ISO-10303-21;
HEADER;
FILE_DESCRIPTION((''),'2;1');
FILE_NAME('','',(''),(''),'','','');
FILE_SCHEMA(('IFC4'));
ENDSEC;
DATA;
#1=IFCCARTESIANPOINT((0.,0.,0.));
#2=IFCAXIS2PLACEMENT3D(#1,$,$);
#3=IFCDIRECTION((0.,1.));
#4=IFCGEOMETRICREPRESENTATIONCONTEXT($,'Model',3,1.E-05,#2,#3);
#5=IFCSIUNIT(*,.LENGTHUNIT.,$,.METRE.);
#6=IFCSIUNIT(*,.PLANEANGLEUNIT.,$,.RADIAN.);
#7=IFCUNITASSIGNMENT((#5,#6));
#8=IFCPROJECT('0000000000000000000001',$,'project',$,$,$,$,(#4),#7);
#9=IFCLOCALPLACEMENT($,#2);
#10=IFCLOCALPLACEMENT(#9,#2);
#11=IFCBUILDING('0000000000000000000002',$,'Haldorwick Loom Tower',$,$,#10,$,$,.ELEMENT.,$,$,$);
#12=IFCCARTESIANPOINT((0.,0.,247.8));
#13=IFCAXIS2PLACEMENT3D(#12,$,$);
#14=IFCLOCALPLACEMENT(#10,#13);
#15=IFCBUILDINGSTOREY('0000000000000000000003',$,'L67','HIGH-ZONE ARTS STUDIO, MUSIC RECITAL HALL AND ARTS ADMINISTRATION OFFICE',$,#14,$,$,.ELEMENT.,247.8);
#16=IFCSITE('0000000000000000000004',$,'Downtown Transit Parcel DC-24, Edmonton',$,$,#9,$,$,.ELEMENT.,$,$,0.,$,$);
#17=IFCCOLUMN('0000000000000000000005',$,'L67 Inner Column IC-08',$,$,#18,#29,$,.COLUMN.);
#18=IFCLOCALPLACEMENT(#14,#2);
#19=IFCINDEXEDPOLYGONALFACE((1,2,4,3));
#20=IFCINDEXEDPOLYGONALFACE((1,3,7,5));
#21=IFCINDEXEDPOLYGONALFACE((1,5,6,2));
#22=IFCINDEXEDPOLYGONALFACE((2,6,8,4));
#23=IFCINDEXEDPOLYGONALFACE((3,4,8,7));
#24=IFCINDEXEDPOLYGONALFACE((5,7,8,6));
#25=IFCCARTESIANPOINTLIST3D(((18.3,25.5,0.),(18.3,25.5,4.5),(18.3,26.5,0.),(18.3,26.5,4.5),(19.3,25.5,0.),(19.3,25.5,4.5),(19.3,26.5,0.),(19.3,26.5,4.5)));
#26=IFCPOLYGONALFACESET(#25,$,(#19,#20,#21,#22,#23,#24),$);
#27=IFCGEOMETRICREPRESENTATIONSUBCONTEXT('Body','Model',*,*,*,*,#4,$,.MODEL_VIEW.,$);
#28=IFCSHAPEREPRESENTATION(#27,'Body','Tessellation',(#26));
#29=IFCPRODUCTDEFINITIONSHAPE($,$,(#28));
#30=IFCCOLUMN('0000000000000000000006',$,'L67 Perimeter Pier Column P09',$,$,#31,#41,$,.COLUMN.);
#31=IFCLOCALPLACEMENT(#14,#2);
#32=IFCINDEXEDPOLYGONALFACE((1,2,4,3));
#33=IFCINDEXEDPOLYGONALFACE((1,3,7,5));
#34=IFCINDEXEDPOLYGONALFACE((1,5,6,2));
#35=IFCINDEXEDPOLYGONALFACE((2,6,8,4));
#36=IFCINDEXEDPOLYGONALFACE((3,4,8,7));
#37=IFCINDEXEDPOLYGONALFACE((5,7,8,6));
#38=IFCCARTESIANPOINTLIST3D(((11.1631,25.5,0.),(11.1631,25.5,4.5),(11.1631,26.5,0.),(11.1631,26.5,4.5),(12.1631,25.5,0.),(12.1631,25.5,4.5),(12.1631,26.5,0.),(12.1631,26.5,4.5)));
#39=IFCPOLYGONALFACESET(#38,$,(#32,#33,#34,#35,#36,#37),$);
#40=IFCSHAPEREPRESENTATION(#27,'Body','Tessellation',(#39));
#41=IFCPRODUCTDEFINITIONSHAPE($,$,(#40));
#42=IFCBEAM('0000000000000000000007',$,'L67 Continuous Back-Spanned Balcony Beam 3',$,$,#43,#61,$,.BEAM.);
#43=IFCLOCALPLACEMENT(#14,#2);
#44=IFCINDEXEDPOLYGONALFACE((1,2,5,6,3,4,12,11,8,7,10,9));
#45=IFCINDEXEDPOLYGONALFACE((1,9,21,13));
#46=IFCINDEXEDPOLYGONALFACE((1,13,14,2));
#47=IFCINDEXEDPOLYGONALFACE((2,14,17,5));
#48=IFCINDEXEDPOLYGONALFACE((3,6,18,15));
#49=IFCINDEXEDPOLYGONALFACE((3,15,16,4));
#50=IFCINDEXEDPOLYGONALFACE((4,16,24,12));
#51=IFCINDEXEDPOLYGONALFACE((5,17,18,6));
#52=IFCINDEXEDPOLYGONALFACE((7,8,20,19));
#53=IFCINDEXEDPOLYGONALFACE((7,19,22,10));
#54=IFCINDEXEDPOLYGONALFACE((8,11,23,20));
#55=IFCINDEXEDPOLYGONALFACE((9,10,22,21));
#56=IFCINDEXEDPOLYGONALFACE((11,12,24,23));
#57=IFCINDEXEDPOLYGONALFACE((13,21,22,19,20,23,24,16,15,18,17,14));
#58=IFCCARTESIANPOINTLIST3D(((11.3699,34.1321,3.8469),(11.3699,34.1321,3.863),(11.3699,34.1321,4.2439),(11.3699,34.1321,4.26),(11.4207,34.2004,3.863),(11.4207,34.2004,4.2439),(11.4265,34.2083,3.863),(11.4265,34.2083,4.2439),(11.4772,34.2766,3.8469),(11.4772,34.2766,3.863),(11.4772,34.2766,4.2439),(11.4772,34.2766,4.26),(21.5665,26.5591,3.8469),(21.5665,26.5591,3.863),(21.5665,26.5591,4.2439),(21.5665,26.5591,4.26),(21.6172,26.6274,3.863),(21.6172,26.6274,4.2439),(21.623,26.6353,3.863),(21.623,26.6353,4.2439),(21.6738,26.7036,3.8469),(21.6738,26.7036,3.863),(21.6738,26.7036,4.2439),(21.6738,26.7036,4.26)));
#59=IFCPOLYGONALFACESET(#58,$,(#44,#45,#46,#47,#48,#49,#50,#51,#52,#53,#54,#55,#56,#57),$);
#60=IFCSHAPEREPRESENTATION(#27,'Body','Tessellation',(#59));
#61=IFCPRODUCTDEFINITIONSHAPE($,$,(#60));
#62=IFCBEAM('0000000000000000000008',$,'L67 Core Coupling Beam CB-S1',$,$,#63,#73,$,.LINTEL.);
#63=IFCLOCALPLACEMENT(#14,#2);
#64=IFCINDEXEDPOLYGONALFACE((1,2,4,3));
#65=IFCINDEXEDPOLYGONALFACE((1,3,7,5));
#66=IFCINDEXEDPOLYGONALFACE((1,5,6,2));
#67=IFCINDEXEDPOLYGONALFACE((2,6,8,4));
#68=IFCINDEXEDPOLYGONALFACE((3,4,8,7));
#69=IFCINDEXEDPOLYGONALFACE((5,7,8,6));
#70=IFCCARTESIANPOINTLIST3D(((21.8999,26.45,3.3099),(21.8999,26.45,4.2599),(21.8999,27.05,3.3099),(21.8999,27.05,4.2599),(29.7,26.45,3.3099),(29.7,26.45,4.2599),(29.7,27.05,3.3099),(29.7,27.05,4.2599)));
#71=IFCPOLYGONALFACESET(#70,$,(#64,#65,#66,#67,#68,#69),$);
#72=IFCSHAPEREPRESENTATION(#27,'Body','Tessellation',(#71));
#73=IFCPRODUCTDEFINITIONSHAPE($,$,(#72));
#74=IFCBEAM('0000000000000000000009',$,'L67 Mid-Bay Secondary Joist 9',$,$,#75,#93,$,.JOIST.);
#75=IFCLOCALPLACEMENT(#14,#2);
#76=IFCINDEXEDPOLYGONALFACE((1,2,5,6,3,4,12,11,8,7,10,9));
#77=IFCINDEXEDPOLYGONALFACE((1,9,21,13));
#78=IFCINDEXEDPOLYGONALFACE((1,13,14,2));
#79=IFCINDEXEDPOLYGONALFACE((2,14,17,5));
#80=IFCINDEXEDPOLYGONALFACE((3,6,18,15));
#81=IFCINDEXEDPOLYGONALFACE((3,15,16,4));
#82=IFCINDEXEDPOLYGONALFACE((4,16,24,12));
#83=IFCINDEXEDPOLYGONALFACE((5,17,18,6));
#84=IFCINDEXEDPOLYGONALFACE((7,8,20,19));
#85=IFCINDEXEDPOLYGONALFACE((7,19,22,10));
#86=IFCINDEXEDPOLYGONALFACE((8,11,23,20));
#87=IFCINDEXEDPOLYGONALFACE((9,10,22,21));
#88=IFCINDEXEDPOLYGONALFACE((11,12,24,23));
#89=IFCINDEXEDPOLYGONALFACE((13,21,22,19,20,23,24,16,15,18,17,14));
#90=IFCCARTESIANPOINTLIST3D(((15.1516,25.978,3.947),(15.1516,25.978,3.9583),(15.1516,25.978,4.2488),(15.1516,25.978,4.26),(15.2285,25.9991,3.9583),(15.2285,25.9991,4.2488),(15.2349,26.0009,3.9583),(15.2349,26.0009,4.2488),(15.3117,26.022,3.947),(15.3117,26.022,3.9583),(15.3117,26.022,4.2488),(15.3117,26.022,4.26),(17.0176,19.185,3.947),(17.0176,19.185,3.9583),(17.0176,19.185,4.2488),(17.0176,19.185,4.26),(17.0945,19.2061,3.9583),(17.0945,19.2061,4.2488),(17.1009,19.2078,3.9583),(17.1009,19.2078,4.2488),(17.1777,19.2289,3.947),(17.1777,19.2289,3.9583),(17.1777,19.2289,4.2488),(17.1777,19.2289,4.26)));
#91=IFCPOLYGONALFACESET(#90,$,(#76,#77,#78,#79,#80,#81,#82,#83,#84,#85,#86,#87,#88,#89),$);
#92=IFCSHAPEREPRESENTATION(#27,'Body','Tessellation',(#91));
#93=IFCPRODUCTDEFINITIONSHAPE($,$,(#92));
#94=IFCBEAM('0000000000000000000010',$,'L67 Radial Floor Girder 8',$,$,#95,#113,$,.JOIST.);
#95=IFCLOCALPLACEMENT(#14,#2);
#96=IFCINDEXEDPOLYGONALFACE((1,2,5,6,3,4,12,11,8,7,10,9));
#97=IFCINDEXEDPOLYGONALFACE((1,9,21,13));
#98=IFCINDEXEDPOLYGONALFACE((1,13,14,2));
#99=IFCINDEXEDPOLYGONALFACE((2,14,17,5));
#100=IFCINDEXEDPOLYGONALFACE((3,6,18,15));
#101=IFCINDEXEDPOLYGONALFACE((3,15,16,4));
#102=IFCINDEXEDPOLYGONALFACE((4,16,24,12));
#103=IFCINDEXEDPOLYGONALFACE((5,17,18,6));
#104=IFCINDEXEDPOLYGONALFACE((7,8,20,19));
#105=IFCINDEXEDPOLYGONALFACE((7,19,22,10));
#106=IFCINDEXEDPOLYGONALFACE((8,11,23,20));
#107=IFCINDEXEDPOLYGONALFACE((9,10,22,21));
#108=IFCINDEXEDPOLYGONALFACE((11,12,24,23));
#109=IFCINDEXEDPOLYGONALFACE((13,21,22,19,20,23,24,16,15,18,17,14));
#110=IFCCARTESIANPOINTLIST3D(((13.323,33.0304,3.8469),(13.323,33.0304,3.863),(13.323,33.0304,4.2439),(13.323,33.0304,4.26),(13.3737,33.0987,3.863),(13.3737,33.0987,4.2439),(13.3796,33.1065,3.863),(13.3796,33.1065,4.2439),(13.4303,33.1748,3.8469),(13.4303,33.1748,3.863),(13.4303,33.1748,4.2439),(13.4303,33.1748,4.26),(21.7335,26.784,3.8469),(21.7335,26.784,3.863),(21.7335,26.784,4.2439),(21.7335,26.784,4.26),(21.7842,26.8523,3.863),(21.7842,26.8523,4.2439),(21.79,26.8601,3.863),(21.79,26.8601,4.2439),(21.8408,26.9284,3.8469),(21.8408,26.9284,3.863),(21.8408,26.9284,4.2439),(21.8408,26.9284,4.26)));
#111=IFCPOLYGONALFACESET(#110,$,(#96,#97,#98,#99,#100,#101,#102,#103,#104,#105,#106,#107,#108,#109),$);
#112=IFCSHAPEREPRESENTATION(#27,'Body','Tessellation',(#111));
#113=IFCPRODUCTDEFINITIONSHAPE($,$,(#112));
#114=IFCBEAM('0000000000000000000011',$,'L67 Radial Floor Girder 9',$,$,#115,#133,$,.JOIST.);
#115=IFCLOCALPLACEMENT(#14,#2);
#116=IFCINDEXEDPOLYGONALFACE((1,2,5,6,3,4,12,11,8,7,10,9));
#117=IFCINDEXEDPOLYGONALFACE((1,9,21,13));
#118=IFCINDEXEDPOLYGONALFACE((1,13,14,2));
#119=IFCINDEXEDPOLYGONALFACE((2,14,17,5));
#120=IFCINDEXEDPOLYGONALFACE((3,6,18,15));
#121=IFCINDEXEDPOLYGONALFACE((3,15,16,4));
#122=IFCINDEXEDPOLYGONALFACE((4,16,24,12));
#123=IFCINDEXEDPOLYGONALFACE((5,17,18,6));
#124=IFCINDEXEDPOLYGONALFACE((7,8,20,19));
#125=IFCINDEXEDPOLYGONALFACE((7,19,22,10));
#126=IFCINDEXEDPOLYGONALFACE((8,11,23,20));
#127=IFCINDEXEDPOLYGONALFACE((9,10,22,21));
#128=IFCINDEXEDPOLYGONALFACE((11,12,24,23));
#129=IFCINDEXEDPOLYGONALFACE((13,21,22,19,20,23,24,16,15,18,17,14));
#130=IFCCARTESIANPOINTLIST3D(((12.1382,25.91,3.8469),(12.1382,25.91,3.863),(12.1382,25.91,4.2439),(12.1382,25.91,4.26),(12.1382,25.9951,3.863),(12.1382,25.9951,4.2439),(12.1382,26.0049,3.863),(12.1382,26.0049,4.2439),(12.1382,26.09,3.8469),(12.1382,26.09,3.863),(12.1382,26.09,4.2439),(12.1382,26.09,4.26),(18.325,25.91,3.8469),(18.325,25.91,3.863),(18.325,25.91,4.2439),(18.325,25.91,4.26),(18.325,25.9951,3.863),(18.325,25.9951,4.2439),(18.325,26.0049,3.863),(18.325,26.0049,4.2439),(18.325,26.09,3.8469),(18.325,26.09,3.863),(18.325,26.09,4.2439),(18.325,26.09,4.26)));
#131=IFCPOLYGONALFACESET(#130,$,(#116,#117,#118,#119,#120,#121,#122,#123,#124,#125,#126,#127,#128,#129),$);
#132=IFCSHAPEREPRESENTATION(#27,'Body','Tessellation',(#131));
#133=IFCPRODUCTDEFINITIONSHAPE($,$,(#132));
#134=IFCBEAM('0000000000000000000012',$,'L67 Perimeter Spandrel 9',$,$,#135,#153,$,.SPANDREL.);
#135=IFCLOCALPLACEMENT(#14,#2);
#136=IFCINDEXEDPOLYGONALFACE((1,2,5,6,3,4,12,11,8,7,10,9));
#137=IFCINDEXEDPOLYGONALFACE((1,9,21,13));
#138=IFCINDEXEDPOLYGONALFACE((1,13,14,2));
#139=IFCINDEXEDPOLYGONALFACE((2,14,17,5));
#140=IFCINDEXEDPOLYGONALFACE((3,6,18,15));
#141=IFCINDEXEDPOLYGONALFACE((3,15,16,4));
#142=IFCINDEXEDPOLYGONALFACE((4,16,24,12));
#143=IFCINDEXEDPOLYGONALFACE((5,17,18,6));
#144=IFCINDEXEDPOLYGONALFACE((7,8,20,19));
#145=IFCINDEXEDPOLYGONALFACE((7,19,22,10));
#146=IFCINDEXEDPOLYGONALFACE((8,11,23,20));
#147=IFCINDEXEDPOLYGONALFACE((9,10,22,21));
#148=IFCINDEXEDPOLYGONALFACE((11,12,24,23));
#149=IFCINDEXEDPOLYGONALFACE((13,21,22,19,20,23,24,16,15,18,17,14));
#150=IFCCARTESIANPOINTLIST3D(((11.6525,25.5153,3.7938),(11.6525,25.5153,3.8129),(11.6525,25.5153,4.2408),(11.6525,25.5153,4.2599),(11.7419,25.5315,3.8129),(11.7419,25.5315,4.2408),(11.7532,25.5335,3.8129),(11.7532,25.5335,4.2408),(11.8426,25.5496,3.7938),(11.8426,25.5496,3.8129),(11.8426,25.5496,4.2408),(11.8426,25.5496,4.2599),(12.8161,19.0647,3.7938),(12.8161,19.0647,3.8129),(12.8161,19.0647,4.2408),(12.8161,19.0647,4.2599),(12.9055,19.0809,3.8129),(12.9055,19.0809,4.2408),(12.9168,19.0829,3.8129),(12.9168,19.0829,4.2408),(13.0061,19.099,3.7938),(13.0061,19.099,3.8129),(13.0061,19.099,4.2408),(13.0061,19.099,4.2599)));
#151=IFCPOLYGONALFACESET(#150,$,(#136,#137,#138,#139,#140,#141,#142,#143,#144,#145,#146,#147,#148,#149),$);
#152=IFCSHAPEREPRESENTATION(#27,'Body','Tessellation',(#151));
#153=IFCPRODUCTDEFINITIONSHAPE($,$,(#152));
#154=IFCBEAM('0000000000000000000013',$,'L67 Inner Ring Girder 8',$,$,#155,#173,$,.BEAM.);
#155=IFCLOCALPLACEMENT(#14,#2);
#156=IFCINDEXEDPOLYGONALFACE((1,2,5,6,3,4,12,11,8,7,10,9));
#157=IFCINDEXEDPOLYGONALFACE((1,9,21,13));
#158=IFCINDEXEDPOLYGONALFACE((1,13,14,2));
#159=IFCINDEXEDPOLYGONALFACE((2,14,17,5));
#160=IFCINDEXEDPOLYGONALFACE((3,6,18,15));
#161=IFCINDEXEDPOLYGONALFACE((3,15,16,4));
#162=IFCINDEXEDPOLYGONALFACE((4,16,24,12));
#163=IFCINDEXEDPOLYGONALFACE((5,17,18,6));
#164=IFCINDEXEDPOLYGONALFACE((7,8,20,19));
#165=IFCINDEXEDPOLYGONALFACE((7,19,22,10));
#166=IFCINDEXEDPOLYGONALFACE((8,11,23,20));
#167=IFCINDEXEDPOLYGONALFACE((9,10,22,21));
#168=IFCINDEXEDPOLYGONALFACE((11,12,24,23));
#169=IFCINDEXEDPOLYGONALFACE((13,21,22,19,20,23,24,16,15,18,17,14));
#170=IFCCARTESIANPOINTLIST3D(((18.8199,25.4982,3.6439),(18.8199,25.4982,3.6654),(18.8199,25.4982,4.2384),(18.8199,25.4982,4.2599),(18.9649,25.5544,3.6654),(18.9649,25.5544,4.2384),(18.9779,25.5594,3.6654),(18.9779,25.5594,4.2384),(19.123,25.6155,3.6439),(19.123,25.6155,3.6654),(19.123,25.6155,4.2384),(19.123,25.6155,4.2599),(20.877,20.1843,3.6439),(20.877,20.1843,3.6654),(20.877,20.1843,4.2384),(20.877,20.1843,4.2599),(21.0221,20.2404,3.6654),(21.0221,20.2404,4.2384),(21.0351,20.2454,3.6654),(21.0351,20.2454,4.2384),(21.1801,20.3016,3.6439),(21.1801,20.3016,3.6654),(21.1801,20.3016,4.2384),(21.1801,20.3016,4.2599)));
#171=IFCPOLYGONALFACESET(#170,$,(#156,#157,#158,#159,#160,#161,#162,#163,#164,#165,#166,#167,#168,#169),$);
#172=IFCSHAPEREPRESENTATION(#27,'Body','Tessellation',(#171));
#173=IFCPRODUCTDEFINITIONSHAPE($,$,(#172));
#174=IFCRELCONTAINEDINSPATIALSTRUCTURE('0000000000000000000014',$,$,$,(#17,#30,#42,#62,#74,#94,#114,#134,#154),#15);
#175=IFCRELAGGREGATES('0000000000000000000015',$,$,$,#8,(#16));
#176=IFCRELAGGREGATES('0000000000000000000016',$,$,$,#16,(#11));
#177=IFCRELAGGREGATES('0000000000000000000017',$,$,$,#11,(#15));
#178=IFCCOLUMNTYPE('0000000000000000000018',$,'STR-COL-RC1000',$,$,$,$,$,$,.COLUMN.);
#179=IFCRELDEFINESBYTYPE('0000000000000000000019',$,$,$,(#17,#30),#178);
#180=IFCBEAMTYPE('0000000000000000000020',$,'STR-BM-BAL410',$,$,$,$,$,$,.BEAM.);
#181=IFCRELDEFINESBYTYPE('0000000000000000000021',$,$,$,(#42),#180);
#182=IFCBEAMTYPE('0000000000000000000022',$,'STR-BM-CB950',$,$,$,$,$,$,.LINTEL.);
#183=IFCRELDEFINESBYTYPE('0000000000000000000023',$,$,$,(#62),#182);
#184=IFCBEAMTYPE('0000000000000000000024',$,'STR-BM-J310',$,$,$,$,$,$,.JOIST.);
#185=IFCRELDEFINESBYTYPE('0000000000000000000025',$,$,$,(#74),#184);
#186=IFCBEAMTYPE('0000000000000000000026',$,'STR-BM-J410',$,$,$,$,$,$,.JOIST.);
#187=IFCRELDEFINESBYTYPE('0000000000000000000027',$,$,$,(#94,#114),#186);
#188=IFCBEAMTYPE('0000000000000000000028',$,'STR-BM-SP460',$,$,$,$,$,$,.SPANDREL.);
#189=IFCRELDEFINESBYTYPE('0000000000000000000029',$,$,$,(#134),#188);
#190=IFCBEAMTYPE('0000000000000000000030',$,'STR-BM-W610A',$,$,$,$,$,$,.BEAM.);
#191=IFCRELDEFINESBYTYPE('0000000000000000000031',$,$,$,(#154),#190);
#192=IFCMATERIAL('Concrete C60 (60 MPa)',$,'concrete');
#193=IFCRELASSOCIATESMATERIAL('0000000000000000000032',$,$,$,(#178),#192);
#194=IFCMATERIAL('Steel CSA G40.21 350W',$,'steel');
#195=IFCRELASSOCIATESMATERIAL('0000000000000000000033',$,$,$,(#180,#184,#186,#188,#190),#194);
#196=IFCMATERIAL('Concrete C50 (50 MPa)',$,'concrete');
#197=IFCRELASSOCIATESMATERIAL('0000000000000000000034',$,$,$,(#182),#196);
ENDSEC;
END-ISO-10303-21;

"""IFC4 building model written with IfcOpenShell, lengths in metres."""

from ifc_helpers import new_model, si_unit, direction, frame, origin, origin_2d, place, context, subcontext, project, spatial, rectangle, i_section, extrude, material, material_profile, profile_set, type_object, element, save


model = new_model("IFC4")

# Units and contexts
model_context = context("Model", 3, precision=1e-05, world=origin(), true_north=direction((0.0, 1.0)))
body_context = subcontext(model_context, "Body", "Model", "MODEL_VIEW")
ifc_project = project(units=[si_unit("LENGTHUNIT", "METRE"), si_unit("PLANEANGLEUNIT", "RADIAN")], contexts=[model_context])

# Site, building, storey
site_placement = place(None, origin())
site = spatial("IfcSite", under=ifc_project, at=site_placement, Name="Downtown Transit Parcel DC-24, Edmonton", CompositionType="ELEMENT", RefElevation=0.0)
building_placement = place(site_placement, origin())
building = spatial("IfcBuilding", under=site, at=building_placement, Name="Haldorwick Loom Tower", CompositionType="ELEMENT")
storey_placement = place(building_placement, frame((0.0, 0.0, 247.8)))
storey = spatial("IfcBuildingStorey", under=building, at=storey_placement, Name="L67", Description="HIGH-ZONE ARTS STUDIO, MUSIC RECITAL HALL AND ARTS ADMINISTRATION OFFICE", CompositionType="ELEMENT", Elevation=247.8)

# Columns
ifc_material_1 = material(Name="Concrete C60 (60 MPa)", Category="concrete")
ifc_material_profile_1 = material_profile(ifc_material_1, rectangle(XDim=1.0, YDim=1.0, at=origin_2d()), Name="RC1000X1000", Category="concrete")
ifc_profile_set_1 = profile_set([ifc_material_profile_1], Name="Concrete C60 (60 MPa)")
column_type = type_object("IfcColumnType", Name="STR-COL-RC1000", PredefinedType="COLUMN", material=ifc_profile_set_1)
for number, where, z_axis, x_axis, name in (
    (1, (18.8, 26.0, 0.0), (0.0, 0.0, 1.0), (1.0, 0.0, 0.0), "L67 Inner Column IC-08"),
    (2, (11.6631, 26.0, 0.0), (0.0, 0.0, 1.0), (-1.0, 0.0, 0.0), "L67 Perimeter Pier Column P09"),
):
    element("IfcColumn", number, at=place(storey_placement, frame(where, z_axis=z_axis, x_axis=x_axis)), inside=storey, type_object=column_type, Name=name, PredefinedType="COLUMN", context=body_context, shape_type="SweptSolid", body=[
        extrude(rectangle(XDim=1.0, YDim=1.0, at=origin_2d()), origin(), (0.0, 0.0, 1.0), 4.5),
    ])

# Beams
ifc_material_2 = material(Name="Steel CSA G40.21 350W", Category="steel")
ifc_material_profile_2 = material_profile(ifc_material_2, i_section(OverallWidth=0.1799, OverallDepth=0.4131, WebThickness=0.0098, FlangeThickness=0.0161, at=origin_2d()), Name="W410X74", Category="steel")
ifc_profile_set_2 = profile_set([ifc_material_profile_2], Name="Steel CSA G40.21 350W")
beam_type_1 = type_object("IfcBeamType", Name="STR-BM-BAL410", PredefinedType="BEAM", material=ifc_profile_set_2)
beam_1_placement = place(storey_placement, frame((21.6201, 26.6313, 4.0535), z_axis=(-0.802803, 0.596244, 0.0), x_axis=(-0.596244, -0.802803, 0.0)))
element("IfcBeam", 3, at=beam_1_placement, inside=storey, type_object=beam_type_1, Name="L67 Continuous Back-Spanned Balcony Beam 3", PredefinedType="BEAM", context=body_context, shape_type="SweptSolid", body=[
    extrude(i_section(OverallWidth=0.1799, OverallDepth=0.4131, WebThickness=0.0098, FlangeThickness=0.0161, at=origin_2d()), origin(), (0.0, 0.0, 1.0), 12.7012),
])
ifc_material_3 = material(Name="Concrete C50 (50 MPa)", Category="concrete")
ifc_material_profile_3 = material_profile(ifc_material_3, rectangle(XDim=0.6001, YDim=0.95, at=origin_2d()), Name="RC600X950", Category="concrete")
ifc_profile_set_3 = profile_set([ifc_material_profile_3], Name="Concrete C50 (50 MPa)")
beam_type_2 = type_object("IfcBeamType", Name="STR-BM-CB950", PredefinedType="LINTEL", material=ifc_profile_set_3)
beam_2_placement = place(storey_placement, frame((21.8999, 26.75, 3.7849), z_axis=(1.0, 0.0, 0.0), x_axis=(0.0, 1.0, 0.0)))
element("IfcBeam", 4, at=beam_2_placement, inside=storey, type_object=beam_type_2, Name="L67 Core Coupling Beam CB-S1", PredefinedType="LINTEL", context=body_context, shape_type="SweptSolid", body=[
    extrude(rectangle(XDim=0.6001, YDim=0.95, at=origin_2d()), origin(), (0.0, 0.0, 1.0), 7.8),
])
ifc_material_profile_4 = material_profile(ifc_material_2, i_section(OverallWidth=0.166, OverallDepth=0.313, WebThickness=0.0066, FlangeThickness=0.0112, at=origin_2d()), Name="W310X45", Category="steel")
ifc_profile_set_4 = profile_set([ifc_material_profile_4], Name="Steel CSA G40.21 350W")
beam_type_3 = type_object("IfcBeamType", Name="STR-BM-J310", PredefinedType="JOIST", material=ifc_profile_set_4)
beam_3_placement = place(storey_placement, frame((15.2317, 26.0, 4.1035), z_axis=(0.264879, -0.964282, 0.0), x_axis=(0.964282, 0.264879, 0.0)))
element("IfcBeam", 5, at=beam_3_placement, inside=storey, type_object=beam_type_3, Name="L67 Mid-Bay Secondary Joist 9", PredefinedType="JOIST", context=body_context, shape_type="SweptSolid", body=[
    extrude(i_section(OverallWidth=0.166, OverallDepth=0.313, WebThickness=0.0066, FlangeThickness=0.0112, at=origin_2d()), origin(), (0.0, 0.0, 1.0), 7.0447),
])
ifc_material_profile_5 = material_profile(ifc_material_2, i_section(OverallWidth=0.1799, OverallDepth=0.4131, WebThickness=0.0098, FlangeThickness=0.0161, at=origin_2d()), Name="W410X74", Category="steel")
ifc_profile_set_5 = profile_set([ifc_material_profile_5], Name="Steel CSA G40.21 350W")
beam_type_4 = type_object("IfcBeamType", Name="STR-BM-J410", PredefinedType="JOIST", material=ifc_profile_set_5)
beam_4_placement = place(storey_placement, frame((21.7871, 26.8562, 4.0535), z_axis=(-0.802807, 0.596239, 0.0), x_axis=(-0.596239, -0.802807, 0.0)))
element("IfcBeam", 6, at=beam_4_placement, inside=storey, type_object=beam_type_4, Name="L67 Radial Floor Girder 8", PredefinedType="JOIST", context=body_context, shape_type="SweptSolid", body=[
    extrude(i_section(OverallWidth=0.1799, OverallDepth=0.4131, WebThickness=0.0098, FlangeThickness=0.0161, at=origin_2d()), origin(), (0.0, 0.0, 1.0), 10.4763),
])
beam_5_placement = place(storey_placement, frame((18.325, 26.0, 4.0535), z_axis=(-1.0, 0.0, 0.0), x_axis=(0.0, -1.0, 0.0)))
element("IfcBeam", 7, at=beam_5_placement, inside=storey, type_object=beam_type_4, Name="L67 Radial Floor Girder 9", PredefinedType="JOIST", context=body_context, shape_type="SweptSolid", body=[
    extrude(i_section(OverallWidth=0.1799, OverallDepth=0.4131, WebThickness=0.0098, FlangeThickness=0.0161, at=origin_2d()), origin(), (0.0, 0.0, 1.0), 6.1868),
])
ifc_material_profile_6 = material_profile(ifc_material_2, i_section(OverallWidth=0.1931, OverallDepth=0.4661, WebThickness=0.0115, FlangeThickness=0.019, at=origin_2d()), Name="W460X97", Category="steel")
ifc_profile_set_6 = profile_set([ifc_material_profile_6], Name="Steel CSA G40.21 350W")
beam_type_5 = type_object("IfcBeamType", Name="STR-BM-SP460", PredefinedType="SPANDREL", material=ifc_profile_set_6)
beam_6_placement = place(storey_placement, frame((11.7476, 25.5325, 4.0269), z_axis=(0.177515, -0.984118, 0.0), x_axis=(0.984118, 0.177515, 0.0)))
element("IfcBeam", 8, at=beam_6_placement, inside=storey, type_object=beam_type_5, Name="L67 Perimeter Spandrel 9", PredefinedType="SPANDREL", context=body_context, shape_type="SweptSolid", body=[
    extrude(i_section(OverallWidth=0.1931, OverallDepth=0.4661, WebThickness=0.0115, FlangeThickness=0.019, at=origin_2d()), origin(), (0.0, 0.0, 1.0), 6.5547),
])
ifc_material_profile_7 = material_profile(ifc_material_2, i_section(OverallWidth=0.325, OverallDepth=0.616, WebThickness=0.0139, FlangeThickness=0.0215, at=origin_2d()), Name="W610X174", Category="steel")
ifc_profile_set_7 = profile_set([ifc_material_profile_7], Name="Steel CSA G40.21 350W")
beam_type_6 = type_object("IfcBeamType", Name="STR-BM-W610A", PredefinedType="BEAM", material=ifc_profile_set_7)
beam_7_placement = place(storey_placement, frame((21.0286, 20.2429, 3.9519), z_axis=(-0.361011, 0.932562, 0.0), x_axis=(-0.932562, -0.361011, 0.0)))
element("IfcBeam", 9, at=beam_7_placement, inside=storey, type_object=beam_type_6, Name="L67 Inner Ring Girder 8", PredefinedType="BEAM", context=body_context, shape_type="SweptSolid", body=[
    extrude(i_section(OverallWidth=0.325, OverallDepth=0.616, WebThickness=0.0139, FlangeThickness=0.0215, at=origin_2d()), origin(), (0.0, 0.0, 1.0), 5.6982),
])

save(model, "model.ifc")
